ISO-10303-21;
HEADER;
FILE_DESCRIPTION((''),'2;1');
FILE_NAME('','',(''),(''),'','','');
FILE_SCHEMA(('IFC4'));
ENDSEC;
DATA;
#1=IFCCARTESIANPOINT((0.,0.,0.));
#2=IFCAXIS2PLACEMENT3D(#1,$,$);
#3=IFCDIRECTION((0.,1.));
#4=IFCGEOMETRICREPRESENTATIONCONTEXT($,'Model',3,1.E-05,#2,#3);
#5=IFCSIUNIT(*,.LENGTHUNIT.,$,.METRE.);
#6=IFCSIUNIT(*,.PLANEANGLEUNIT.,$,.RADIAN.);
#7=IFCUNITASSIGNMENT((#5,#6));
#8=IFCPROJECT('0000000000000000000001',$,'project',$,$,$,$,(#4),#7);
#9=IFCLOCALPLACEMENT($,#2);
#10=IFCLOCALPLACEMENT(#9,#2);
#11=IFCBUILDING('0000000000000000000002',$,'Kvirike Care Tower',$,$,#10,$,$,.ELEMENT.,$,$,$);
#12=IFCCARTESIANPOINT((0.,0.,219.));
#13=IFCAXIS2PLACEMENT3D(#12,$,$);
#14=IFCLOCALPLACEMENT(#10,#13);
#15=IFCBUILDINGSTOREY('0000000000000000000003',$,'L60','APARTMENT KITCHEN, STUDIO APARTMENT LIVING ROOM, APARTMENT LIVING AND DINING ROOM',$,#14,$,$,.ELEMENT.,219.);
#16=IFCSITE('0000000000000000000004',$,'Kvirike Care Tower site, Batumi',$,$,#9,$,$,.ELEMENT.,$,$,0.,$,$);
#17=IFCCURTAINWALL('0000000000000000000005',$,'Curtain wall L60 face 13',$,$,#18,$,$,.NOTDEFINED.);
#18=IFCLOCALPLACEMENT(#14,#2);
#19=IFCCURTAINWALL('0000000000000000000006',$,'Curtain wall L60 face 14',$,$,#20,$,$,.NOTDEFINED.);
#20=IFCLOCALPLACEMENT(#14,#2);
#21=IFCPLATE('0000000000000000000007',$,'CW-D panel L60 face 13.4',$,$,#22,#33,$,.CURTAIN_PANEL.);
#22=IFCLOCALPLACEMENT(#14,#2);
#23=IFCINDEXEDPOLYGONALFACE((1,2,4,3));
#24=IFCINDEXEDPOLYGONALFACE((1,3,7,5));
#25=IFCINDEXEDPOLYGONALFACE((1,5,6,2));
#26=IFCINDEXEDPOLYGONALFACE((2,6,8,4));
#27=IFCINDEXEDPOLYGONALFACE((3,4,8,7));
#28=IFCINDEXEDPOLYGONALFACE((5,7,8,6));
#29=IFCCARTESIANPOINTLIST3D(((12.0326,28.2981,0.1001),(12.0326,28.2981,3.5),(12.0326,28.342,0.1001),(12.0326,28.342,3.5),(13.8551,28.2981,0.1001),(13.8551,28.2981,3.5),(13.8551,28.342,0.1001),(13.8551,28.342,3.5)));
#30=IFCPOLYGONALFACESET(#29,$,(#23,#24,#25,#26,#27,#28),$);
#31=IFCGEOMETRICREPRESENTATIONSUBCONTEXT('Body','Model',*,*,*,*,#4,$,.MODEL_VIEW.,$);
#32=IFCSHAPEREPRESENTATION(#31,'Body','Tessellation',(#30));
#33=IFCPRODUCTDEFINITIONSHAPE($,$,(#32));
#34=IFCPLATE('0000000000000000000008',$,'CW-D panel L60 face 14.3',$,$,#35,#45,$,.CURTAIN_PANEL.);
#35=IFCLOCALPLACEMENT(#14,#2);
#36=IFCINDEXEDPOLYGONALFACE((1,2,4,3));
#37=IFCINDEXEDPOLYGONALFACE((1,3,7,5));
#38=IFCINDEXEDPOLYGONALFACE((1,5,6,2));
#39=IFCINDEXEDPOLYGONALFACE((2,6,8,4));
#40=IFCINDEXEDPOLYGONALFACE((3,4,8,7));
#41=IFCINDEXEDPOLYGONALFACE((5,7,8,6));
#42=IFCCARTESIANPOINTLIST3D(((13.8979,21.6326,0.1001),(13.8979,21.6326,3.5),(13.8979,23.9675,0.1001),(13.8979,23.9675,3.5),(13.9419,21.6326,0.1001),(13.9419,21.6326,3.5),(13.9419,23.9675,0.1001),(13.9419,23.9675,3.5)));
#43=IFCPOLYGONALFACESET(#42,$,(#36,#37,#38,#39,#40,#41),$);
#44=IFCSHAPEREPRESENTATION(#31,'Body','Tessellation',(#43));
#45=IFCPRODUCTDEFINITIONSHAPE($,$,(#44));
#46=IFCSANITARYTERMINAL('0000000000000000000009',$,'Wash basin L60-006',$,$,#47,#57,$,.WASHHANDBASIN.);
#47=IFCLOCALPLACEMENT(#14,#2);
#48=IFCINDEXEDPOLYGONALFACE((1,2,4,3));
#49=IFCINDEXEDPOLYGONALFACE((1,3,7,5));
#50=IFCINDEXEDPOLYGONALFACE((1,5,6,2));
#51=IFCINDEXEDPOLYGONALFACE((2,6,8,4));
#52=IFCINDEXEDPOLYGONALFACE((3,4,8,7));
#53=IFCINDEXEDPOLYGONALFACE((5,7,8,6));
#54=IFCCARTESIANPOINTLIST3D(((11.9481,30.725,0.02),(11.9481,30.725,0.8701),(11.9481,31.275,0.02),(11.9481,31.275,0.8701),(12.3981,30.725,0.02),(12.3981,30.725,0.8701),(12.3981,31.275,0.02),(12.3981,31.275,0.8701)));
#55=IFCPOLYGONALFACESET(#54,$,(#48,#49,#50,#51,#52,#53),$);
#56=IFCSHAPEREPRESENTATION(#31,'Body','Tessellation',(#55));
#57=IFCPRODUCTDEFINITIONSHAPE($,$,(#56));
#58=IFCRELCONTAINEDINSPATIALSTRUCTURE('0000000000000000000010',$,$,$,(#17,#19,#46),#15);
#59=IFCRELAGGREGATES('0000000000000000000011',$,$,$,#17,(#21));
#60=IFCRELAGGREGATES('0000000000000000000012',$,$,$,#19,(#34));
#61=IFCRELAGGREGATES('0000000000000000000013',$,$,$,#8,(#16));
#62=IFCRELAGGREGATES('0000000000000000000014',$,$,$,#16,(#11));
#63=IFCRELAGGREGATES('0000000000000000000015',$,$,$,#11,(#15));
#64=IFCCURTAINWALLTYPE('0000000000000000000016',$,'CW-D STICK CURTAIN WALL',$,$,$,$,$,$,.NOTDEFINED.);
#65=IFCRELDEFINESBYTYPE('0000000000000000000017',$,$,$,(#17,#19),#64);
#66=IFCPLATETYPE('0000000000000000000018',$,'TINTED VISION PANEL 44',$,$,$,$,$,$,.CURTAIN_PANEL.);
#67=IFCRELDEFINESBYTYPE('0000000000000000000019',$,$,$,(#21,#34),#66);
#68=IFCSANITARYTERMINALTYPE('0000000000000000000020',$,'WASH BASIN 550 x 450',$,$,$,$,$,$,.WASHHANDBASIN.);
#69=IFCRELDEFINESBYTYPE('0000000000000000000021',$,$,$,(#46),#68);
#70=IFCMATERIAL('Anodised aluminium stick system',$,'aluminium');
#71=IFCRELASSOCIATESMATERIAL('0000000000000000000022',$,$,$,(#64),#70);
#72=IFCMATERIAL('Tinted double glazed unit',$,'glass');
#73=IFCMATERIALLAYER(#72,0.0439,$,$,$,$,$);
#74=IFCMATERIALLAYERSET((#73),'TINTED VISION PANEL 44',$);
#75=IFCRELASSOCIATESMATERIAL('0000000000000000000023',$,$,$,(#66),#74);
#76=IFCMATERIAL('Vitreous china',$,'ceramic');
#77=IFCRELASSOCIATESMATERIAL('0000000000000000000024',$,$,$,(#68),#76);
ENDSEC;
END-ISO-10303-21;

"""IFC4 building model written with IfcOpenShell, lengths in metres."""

from ifc_helpers import new_model, si_unit, direction, frame, origin, origin_2d, place, context, subcontext, project, spatial, rectangle, extrude, material, layer, layer_set, type_object, element, aggregate, save


model = new_model("IFC4")

# Units and contexts
model_context = context("Model", 3, precision=1e-05, world=origin(), true_north=direction((0.0, 1.0)))
body_context = subcontext(model_context, "Body", "Model", "MODEL_VIEW")
ifc_project = project(units=[si_unit("LENGTHUNIT", "METRE"), si_unit("PLANEANGLEUNIT", "RADIAN")], contexts=[model_context])

# Site, building, storey
site_placement = place(None, origin())
site = spatial("IfcSite", under=ifc_project, at=site_placement, Name="Kvirike Care Tower site, Batumi", CompositionType="ELEMENT", RefElevation=0.0)
building_placement = place(site_placement, origin())
building = spatial("IfcBuilding", under=site, at=building_placement, Name="Kvirike Care Tower", CompositionType="ELEMENT")
storey_placement = place(building_placement, frame((0.0, 0.0, 219.0)))
storey = spatial("IfcBuildingStorey", under=building, at=storey_placement, Name="L60", Description="APARTMENT KITCHEN, STUDIO APARTMENT LIVING ROOM, APARTMENT LIVING AND DINING ROOM", CompositionType="ELEMENT", Elevation=219.0)

# Curtain walls
ifc_material_1 = material(Name="Anodised aluminium stick system", Category="aluminium")
curtain_wall_type = type_object("IfcCurtainWallType", Name="CW-D STICK CURTAIN WALL", PredefinedType="NOTDEFINED", material=ifc_material_1)
curtain_wall_1_placement = place(storey_placement, origin())
curtain_wall_1 = element("IfcCurtainWall", 1, at=curtain_wall_1_placement, inside=storey, type_object=curtain_wall_type, Name="Curtain wall L60 face 13", PredefinedType="NOTDEFINED")
curtain_wall_2_placement = place(storey_placement, origin())
curtain_wall_2 = element("IfcCurtainWall", 2, at=curtain_wall_2_placement, inside=storey, type_object=curtain_wall_type, Name="Curtain wall L60 face 14", PredefinedType="NOTDEFINED")

# Plates
ifc_material_2 = material(Name="Tinted double glazed unit", Category="glass")
ifc_layer = layer(ifc_material_2, 0.0439)
ifc_layer_set = layer_set([ifc_layer], Name="TINTED VISION PANEL 44")
plate_type = type_object("IfcPlateType", Name="TINTED VISION PANEL 44", PredefinedType="CURTAIN_PANEL", material=ifc_layer_set)
plate_1_placement = place(storey_placement, frame((12.9438, 28.3201, 0.1001), z_axis=(0.0, 0.0, 1.0), x_axis=(1.0, 0.0, 0.0)))
plate_1 = element("IfcPlate", 3, at=plate_1_placement, type_object=plate_type, Name="CW-D panel L60 face 13.4", PredefinedType="CURTAIN_PANEL", context=body_context, shape_type="SweptSolid", body=[
    extrude(rectangle(XDim=1.8225, YDim=0.0439, at=origin_2d()), origin(), (0.0, 0.0, 1.0), 3.3999),
])
aggregate(curtain_wall_1, [plate_1])
plate_2_placement = place(storey_placement, frame((13.9199, 22.8, 0.1001), z_axis=(0.0, 0.0, 1.0), x_axis=(0.0, -1.0, 0.0)))
plate_2 = element("IfcPlate", 4, at=plate_2_placement, type_object=plate_type, Name="CW-D panel L60 face 14.3", PredefinedType="CURTAIN_PANEL", context=body_context, shape_type="SweptSolid", body=[
    extrude(rectangle(XDim=2.335, YDim=0.0439, at=origin_2d()), origin(), (0.0, 0.0, 1.0), 3.3999),
])
aggregate(curtain_wall_2, [plate_2])

# Sanitary terminal
ifc_material_3 = material(Name="Vitreous china", Category="ceramic")
sanitary_terminal_type = type_object("IfcSanitaryTerminalType", Name="WASH BASIN 550 x 450", PredefinedType="WASHHANDBASIN", material=ifc_material_3)
sanitary_terminal_placement = place(storey_placement, frame((12.1731, 31.0, 0.02), z_axis=(0.0, 0.0, 1.0), x_axis=(0.0, -1.0, 0.0)))
element("IfcSanitaryTerminal", 5, at=sanitary_terminal_placement, inside=storey, type_object=sanitary_terminal_type, Name="Wash basin L60-006", PredefinedType="WASHHANDBASIN", context=body_context, shape_type="SweptSolid", body=[
    extrude(rectangle(XDim=0.55, YDim=0.45, at=origin_2d()), origin(), (0.0, 0.0, 1.0), 0.8501),
])

save(model, "model.ifc")
